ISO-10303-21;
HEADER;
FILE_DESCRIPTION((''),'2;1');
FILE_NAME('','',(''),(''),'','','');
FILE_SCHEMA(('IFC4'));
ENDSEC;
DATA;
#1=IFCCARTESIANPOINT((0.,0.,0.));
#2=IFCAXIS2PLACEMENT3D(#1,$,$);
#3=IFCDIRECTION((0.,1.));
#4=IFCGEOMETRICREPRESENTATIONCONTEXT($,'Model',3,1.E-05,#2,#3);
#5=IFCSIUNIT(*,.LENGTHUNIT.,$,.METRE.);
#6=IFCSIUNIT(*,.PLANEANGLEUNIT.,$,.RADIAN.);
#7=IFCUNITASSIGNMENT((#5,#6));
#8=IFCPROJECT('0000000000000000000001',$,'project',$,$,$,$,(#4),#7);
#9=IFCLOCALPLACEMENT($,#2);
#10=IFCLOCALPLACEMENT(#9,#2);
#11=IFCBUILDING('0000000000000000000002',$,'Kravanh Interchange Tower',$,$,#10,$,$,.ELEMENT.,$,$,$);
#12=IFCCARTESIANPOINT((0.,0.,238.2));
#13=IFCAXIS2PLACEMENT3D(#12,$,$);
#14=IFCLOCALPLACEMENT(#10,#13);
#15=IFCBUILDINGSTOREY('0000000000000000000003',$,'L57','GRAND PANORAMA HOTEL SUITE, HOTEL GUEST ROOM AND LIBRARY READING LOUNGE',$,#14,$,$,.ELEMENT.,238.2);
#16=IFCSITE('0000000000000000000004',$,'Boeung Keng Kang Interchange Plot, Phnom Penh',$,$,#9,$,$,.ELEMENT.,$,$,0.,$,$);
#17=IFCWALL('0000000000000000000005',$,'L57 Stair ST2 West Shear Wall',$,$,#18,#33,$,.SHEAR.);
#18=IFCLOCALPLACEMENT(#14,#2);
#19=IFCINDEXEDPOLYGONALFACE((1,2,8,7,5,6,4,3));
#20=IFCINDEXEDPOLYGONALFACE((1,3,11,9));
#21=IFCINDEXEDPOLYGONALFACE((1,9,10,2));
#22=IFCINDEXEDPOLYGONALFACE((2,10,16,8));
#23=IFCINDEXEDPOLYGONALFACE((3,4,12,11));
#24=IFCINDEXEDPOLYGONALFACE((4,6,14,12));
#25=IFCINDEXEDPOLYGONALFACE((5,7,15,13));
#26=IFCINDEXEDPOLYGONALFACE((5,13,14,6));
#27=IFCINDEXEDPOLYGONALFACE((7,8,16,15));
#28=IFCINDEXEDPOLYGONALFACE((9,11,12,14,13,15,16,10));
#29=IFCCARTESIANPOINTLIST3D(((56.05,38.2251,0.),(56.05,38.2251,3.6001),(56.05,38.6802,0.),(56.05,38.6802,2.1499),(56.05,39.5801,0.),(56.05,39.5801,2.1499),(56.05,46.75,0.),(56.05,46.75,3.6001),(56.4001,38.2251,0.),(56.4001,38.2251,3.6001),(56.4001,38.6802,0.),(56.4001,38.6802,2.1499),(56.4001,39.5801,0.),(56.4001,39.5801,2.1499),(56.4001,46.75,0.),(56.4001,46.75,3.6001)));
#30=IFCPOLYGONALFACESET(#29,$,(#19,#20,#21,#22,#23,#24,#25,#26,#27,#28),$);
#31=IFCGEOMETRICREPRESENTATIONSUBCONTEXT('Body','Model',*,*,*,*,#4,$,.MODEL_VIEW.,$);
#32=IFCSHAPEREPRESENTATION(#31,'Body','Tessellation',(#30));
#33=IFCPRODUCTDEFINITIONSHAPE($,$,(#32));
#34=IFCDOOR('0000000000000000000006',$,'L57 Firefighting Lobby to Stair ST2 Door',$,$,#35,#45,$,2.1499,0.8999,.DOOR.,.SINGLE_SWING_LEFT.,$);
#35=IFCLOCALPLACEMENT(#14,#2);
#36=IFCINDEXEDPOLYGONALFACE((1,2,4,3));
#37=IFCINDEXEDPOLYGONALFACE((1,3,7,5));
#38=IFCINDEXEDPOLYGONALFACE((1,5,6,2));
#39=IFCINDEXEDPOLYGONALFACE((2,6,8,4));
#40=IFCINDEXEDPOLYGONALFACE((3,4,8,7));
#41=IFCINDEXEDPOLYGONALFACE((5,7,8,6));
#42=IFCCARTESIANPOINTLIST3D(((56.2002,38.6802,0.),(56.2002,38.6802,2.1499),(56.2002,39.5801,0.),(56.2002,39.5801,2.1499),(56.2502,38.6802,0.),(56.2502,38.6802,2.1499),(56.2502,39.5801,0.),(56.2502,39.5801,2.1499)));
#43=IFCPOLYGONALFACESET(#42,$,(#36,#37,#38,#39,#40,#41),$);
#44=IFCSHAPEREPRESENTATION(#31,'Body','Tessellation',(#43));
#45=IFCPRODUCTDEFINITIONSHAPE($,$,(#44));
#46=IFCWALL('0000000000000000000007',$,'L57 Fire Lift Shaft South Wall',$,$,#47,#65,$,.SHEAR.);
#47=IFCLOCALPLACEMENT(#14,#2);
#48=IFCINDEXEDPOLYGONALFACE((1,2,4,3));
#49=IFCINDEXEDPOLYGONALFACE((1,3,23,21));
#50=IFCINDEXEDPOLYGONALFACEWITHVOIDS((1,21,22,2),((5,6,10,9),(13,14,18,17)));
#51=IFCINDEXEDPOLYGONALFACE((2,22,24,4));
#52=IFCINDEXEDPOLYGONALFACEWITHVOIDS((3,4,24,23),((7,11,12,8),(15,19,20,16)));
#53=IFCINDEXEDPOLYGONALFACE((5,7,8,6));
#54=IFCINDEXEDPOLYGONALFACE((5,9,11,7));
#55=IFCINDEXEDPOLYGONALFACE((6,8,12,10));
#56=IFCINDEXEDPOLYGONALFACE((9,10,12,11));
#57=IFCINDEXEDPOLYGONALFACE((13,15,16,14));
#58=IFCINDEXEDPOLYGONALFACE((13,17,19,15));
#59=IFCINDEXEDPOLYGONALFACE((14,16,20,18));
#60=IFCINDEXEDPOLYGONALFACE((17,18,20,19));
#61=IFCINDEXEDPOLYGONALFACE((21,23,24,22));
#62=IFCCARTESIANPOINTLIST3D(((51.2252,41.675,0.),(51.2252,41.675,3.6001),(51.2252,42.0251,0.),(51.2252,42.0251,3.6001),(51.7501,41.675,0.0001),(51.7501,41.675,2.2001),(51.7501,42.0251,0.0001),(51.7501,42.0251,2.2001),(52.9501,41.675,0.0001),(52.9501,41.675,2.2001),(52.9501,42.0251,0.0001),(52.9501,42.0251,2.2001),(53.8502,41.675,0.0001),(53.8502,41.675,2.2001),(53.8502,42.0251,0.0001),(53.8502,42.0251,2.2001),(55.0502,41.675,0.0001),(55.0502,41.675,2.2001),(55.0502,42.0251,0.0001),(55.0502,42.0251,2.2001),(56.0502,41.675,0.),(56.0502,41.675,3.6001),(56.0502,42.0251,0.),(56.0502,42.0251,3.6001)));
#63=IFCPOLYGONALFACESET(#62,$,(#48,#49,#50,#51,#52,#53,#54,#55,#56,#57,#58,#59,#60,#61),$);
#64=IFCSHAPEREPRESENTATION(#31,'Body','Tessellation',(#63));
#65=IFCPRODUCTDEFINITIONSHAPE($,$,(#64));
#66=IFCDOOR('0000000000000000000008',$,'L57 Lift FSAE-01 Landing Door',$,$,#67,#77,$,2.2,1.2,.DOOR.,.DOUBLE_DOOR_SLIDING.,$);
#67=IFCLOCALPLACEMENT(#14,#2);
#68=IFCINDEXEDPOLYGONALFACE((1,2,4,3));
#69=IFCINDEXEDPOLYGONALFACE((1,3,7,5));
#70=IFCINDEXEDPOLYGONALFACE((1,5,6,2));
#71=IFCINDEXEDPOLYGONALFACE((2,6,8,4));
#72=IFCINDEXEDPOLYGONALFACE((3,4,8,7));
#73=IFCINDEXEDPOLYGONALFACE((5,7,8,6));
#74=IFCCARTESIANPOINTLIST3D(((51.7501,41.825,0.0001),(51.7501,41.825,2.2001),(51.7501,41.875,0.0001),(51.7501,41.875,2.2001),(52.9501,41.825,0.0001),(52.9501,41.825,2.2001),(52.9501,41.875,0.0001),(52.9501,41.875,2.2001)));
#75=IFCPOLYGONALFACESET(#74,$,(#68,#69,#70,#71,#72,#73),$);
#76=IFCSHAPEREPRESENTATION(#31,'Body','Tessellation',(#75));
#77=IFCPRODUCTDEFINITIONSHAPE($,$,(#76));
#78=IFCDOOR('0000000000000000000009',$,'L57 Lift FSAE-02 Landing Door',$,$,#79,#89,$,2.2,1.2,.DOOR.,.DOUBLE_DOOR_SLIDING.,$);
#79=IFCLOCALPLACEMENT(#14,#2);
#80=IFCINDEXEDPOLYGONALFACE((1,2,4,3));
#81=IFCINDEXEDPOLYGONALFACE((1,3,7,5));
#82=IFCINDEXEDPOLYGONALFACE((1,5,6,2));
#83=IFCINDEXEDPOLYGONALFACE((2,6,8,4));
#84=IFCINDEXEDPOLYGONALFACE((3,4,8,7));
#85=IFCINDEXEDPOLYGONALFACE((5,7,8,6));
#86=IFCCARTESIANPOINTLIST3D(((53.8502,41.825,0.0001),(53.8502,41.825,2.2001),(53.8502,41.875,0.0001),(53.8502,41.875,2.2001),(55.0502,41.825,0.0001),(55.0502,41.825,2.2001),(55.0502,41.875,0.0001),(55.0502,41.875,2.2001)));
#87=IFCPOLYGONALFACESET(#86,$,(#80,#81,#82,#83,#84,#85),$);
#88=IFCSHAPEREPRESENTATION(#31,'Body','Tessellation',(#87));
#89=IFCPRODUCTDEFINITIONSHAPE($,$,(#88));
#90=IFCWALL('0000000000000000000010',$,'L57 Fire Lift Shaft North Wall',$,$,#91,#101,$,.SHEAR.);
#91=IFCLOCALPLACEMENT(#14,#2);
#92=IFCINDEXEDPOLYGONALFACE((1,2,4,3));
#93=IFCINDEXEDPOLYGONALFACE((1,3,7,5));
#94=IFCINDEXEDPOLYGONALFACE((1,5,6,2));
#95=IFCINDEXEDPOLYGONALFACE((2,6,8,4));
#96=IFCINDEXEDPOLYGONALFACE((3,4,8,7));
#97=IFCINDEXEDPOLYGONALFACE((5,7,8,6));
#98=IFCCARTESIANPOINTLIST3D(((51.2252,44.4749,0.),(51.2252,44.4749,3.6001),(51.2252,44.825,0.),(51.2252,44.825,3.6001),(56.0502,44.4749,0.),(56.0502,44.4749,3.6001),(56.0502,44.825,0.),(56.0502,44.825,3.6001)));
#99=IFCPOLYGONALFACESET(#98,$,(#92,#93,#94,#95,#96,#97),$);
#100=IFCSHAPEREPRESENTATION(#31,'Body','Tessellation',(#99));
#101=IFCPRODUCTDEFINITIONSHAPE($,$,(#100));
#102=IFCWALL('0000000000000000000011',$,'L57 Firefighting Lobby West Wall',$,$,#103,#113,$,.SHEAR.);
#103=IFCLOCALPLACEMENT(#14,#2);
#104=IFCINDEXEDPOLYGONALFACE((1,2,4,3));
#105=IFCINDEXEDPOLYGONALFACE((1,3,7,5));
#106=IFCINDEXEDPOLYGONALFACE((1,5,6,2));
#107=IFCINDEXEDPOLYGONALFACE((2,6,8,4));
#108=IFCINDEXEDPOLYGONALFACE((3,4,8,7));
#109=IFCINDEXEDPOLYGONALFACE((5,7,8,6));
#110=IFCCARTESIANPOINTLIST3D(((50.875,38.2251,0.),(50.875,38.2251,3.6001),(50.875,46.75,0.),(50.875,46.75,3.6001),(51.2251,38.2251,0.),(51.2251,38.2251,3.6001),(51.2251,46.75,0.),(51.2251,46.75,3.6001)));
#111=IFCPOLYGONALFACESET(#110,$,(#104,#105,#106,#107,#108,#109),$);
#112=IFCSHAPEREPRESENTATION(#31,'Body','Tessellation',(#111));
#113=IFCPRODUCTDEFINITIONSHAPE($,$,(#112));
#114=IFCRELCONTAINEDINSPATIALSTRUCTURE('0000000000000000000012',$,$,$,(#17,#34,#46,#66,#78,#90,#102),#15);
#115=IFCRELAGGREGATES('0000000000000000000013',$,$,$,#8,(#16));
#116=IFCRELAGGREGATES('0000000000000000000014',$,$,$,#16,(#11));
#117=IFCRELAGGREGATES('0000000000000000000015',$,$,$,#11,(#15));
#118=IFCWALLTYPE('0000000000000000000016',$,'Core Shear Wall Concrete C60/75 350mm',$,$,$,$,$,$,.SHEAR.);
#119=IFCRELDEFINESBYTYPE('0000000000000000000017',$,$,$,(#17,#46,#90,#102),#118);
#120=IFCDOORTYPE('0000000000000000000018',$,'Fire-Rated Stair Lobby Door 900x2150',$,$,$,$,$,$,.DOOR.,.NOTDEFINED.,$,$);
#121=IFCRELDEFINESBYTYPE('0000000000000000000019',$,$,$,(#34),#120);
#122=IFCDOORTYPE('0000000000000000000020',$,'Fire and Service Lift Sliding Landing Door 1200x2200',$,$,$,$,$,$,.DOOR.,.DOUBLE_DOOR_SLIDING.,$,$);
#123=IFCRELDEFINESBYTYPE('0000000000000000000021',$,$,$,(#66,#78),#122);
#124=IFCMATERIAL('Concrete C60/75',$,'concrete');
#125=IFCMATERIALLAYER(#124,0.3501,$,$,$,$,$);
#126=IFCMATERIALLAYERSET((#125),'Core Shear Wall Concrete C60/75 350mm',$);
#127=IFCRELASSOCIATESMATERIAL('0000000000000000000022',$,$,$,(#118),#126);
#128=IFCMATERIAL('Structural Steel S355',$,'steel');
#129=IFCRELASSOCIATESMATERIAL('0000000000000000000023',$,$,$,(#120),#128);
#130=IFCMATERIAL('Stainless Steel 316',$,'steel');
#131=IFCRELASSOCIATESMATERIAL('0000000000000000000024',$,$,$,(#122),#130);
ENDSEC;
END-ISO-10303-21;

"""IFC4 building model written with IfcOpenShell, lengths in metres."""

from ifc_helpers import new_model, si_unit, direction, frame, frame_2d, origin, place, context, subcontext, project, spatial, rectangle, extrude, material, layer, layer_set, type_object, element, fill, save


model = new_model("IFC4")

# Units and contexts
model_context = context("Model", 3, precision=1e-05, world=origin(), true_north=direction((0.0, 1.0)))
body_context = subcontext(model_context, "Body", "Model", "MODEL_VIEW")
ifc_project = project(units=[si_unit("LENGTHUNIT", "METRE"), si_unit("PLANEANGLEUNIT", "RADIAN")], contexts=[model_context])

# Site, building, storey
site_placement = place(None, origin())
site = spatial("IfcSite", under=ifc_project, at=site_placement, Name="Boeung Keng Kang Interchange Plot, Phnom Penh", CompositionType="ELEMENT", RefElevation=0.0)
building_placement = place(site_placement, origin())
building = spatial("IfcBuilding", under=site, at=building_placement, Name="Kravanh Interchange Tower", CompositionType="ELEMENT")
storey_placement = place(building_placement, frame((0.0, 0.0, 238.2)))
storey = spatial("IfcBuildingStorey", under=building, at=storey_placement, Name="L57", Description="GRAND PANORAMA HOTEL SUITE, HOTEL GUEST ROOM AND LIBRARY READING LOUNGE", CompositionType="ELEMENT", Elevation=238.2)

# Wall, opening, door
ifc_material_1 = material(Name="Concrete C60/75", Category="concrete")
ifc_layer_1 = layer(ifc_material_1, 0.3501)
ifc_layer_set_1 = layer_set([ifc_layer_1], Name="Core Shear Wall Concrete C60/75 350mm")
wall_type_1 = type_object("IfcWallType", Name="Core Shear Wall Concrete C60/75 350mm", PredefinedType="SHEAR", material=ifc_layer_set_1)
wall_1_placement = place(storey_placement, frame((56.2251, 38.2251, 0.0), z_axis=(0.0, 0.0, 1.0), x_axis=(0.0, 1.0, 0.0)))
wall_1 = element("IfcWall", 1, at=wall_1_placement, inside=storey, type_object=wall_type_1, Name="L57 Stair ST2 West Shear Wall", PredefinedType="SHEAR", context=body_context, shape_type="SweptSolid", body=[
    extrude(rectangle(XDim=8.5249, YDim=0.3501, at=frame_2d((4.2625, 0.0))), origin(), (0.0, 0.0, 1.0), 3.6001),
])
opening_1_placement = place(wall_1_placement, frame((0.4551, 0.0, 0.0)))
opening_1 = element("IfcOpeningElement", 2, at=opening_1_placement, cuts=wall_1, PredefinedType="OPENING", context=body_context, shape_type="SweptSolid", body=[
    extrude(rectangle(XDim=0.8999, YDim=2.1499, at=frame_2d((0.45, 1.075))), frame((0.0, 0.1851, 0.0), z_axis=(0.0, -1.0, 0.0), x_axis=(1.0, 0.0, 0.0)), (0.0, 0.0, 1.0), 0.3701),
])
ifc_material_2 = material(Name="Structural Steel S355", Category="steel")
door_type_1 = type_object("IfcDoorType", Name="Fire-Rated Stair Lobby Door 900x2150", OperationType="NOTDEFINED", PredefinedType="DOOR", material=ifc_material_2)
door_1_placement = place(opening_1_placement, origin())
door_1 = element("IfcDoor", 3, at=door_1_placement, inside=storey, type_object=door_type_1, Name="L57 Firefighting Lobby to Stair ST2 Door", OperationType="SINGLE_SWING_LEFT", OverallHeight=2.1499, OverallWidth=0.8999, PredefinedType="DOOR", context=body_context, shape_type="SweptSolid", body=[
    extrude(rectangle(XDim=0.8999, YDim=2.1499, at=frame_2d((0.45, 1.075))), frame((0.0, 0.0249, 0.0), z_axis=(0.0, -1.0, 0.0), x_axis=(1.0, 0.0, 0.0)), (0.0, 0.0, 1.0), 0.05),
])
fill(opening_1, door_1)

# Wall, openings, doors
wall_2_placement = place(storey_placement, frame((51.2251, 41.8501, 0.0), z_axis=(0.0, 0.0, 1.0), x_axis=(1.0, 0.0, 0.0)))
wall_2 = element("IfcWall", 4, at=wall_2_placement, inside=storey, type_object=wall_type_1, Name="L57 Fire Lift Shaft South Wall", PredefinedType="SHEAR", context=body_context, shape_type="SweptSolid", body=[
    extrude(rectangle(XDim=4.825, YDim=0.3501, at=frame_2d((2.4126, 0.0))), origin(), (0.0, 0.0, 1.0), 3.6001),
])
opening_2_placement = place(wall_2_placement, frame((0.5249, 0.0, 0.0)))
opening_2 = element("IfcOpeningElement", 5, at=opening_2_placement, cuts=wall_2, PredefinedType="OPENING", context=body_context, shape_type="SweptSolid", body=[
    extrude(rectangle(XDim=1.2, YDim=2.2, at=frame_2d((0.6001, 1.1001))), frame((0.0, 0.1851, 0.0), z_axis=(0.0, -1.0, 0.0), x_axis=(1.0, 0.0, 0.0)), (0.0, 0.0, 1.0), 0.3701),
])
opening_3_placement = place(wall_2_placement, frame((2.625, 0.0, 0.0)))
opening_3 = element("IfcOpeningElement", 6, at=opening_3_placement, cuts=wall_2, PredefinedType="OPENING", context=body_context, shape_type="SweptSolid", body=[
    extrude(rectangle(XDim=1.2, YDim=2.2, at=frame_2d((0.6001, 1.1001))), frame((0.0, 0.1851, 0.0), z_axis=(0.0, -1.0, 0.0), x_axis=(1.0, 0.0, 0.0)), (0.0, 0.0, 1.0), 0.3701),
])
ifc_material_3 = material(Name="Stainless Steel 316", Category="steel")
door_type_2 = type_object("IfcDoorType", Name="Fire and Service Lift Sliding Landing Door 1200x2200", OperationType="DOUBLE_DOOR_SLIDING", PredefinedType="DOOR", material=ifc_material_3)
door_2_placement = place(opening_2_placement, origin())
door_2 = element("IfcDoor", 7, at=door_2_placement, inside=storey, type_object=door_type_2, Name="L57 Lift FSAE-01 Landing Door", OperationType="DOUBLE_DOOR_SLIDING", OverallHeight=2.2, OverallWidth=1.2, PredefinedType="DOOR", context=body_context, shape_type="SweptSolid", body=[
    extrude(rectangle(XDim=1.2, YDim=2.2, at=frame_2d((0.6001, 1.1001))), frame((0.0, 0.0249, 0.0), z_axis=(0.0, -1.0, 0.0), x_axis=(1.0, 0.0, 0.0)), (0.0, 0.0, 1.0), 0.05),
])
fill(opening_2, door_2)
door_3_placement = place(opening_3_placement, origin())
door_3 = element("IfcDoor", 8, at=door_3_placement, inside=storey, type_object=door_type_2, Name="L57 Lift FSAE-02 Landing Door", OperationType="DOUBLE_DOOR_SLIDING", OverallHeight=2.2, OverallWidth=1.2, PredefinedType="DOOR", context=body_context, shape_type="SweptSolid", body=[
    extrude(rectangle(XDim=1.2, YDim=2.2, at=frame_2d((0.6001, 1.1001))), frame((0.0, 0.0249, 0.0), z_axis=(0.0, -1.0, 0.0), x_axis=(1.0, 0.0, 0.0)), (0.0, 0.0, 1.0), 0.05),
])
fill(opening_3, door_3)

# Walls
wall_3_placement = place(storey_placement, frame((51.2251, 44.6499, 0.0), z_axis=(0.0, 0.0, 1.0), x_axis=(1.0, 0.0, 0.0)))
element("IfcWall", 9, at=wall_3_placement, inside=storey, type_object=wall_type_1, Name="L57 Fire Lift Shaft North Wall", PredefinedType="SHEAR", context=body_context, shape_type="SweptSolid", body=[
    extrude(rectangle(XDim=4.825, YDim=0.3501, at=frame_2d((2.4126, 0.0))), origin(), (0.0, 0.0, 1.0), 3.6001),
])
wall_4_placement = place(storey_placement, frame((51.05, 38.2251, 0.0), z_axis=(0.0, 0.0, 1.0), x_axis=(0.0, 1.0, 0.0)))
element("IfcWall", 10, at=wall_4_placement, inside=storey, type_object=wall_type_1, Name="L57 Firefighting Lobby West Wall", PredefinedType="SHEAR", context=body_context, shape_type="SweptSolid", body=[
    extrude(rectangle(XDim=8.5249, YDim=0.3501, at=frame_2d((4.2625, 0.0))), origin(), (0.0, 0.0, 1.0), 3.6001),
])

save(model, "model.ifc")
